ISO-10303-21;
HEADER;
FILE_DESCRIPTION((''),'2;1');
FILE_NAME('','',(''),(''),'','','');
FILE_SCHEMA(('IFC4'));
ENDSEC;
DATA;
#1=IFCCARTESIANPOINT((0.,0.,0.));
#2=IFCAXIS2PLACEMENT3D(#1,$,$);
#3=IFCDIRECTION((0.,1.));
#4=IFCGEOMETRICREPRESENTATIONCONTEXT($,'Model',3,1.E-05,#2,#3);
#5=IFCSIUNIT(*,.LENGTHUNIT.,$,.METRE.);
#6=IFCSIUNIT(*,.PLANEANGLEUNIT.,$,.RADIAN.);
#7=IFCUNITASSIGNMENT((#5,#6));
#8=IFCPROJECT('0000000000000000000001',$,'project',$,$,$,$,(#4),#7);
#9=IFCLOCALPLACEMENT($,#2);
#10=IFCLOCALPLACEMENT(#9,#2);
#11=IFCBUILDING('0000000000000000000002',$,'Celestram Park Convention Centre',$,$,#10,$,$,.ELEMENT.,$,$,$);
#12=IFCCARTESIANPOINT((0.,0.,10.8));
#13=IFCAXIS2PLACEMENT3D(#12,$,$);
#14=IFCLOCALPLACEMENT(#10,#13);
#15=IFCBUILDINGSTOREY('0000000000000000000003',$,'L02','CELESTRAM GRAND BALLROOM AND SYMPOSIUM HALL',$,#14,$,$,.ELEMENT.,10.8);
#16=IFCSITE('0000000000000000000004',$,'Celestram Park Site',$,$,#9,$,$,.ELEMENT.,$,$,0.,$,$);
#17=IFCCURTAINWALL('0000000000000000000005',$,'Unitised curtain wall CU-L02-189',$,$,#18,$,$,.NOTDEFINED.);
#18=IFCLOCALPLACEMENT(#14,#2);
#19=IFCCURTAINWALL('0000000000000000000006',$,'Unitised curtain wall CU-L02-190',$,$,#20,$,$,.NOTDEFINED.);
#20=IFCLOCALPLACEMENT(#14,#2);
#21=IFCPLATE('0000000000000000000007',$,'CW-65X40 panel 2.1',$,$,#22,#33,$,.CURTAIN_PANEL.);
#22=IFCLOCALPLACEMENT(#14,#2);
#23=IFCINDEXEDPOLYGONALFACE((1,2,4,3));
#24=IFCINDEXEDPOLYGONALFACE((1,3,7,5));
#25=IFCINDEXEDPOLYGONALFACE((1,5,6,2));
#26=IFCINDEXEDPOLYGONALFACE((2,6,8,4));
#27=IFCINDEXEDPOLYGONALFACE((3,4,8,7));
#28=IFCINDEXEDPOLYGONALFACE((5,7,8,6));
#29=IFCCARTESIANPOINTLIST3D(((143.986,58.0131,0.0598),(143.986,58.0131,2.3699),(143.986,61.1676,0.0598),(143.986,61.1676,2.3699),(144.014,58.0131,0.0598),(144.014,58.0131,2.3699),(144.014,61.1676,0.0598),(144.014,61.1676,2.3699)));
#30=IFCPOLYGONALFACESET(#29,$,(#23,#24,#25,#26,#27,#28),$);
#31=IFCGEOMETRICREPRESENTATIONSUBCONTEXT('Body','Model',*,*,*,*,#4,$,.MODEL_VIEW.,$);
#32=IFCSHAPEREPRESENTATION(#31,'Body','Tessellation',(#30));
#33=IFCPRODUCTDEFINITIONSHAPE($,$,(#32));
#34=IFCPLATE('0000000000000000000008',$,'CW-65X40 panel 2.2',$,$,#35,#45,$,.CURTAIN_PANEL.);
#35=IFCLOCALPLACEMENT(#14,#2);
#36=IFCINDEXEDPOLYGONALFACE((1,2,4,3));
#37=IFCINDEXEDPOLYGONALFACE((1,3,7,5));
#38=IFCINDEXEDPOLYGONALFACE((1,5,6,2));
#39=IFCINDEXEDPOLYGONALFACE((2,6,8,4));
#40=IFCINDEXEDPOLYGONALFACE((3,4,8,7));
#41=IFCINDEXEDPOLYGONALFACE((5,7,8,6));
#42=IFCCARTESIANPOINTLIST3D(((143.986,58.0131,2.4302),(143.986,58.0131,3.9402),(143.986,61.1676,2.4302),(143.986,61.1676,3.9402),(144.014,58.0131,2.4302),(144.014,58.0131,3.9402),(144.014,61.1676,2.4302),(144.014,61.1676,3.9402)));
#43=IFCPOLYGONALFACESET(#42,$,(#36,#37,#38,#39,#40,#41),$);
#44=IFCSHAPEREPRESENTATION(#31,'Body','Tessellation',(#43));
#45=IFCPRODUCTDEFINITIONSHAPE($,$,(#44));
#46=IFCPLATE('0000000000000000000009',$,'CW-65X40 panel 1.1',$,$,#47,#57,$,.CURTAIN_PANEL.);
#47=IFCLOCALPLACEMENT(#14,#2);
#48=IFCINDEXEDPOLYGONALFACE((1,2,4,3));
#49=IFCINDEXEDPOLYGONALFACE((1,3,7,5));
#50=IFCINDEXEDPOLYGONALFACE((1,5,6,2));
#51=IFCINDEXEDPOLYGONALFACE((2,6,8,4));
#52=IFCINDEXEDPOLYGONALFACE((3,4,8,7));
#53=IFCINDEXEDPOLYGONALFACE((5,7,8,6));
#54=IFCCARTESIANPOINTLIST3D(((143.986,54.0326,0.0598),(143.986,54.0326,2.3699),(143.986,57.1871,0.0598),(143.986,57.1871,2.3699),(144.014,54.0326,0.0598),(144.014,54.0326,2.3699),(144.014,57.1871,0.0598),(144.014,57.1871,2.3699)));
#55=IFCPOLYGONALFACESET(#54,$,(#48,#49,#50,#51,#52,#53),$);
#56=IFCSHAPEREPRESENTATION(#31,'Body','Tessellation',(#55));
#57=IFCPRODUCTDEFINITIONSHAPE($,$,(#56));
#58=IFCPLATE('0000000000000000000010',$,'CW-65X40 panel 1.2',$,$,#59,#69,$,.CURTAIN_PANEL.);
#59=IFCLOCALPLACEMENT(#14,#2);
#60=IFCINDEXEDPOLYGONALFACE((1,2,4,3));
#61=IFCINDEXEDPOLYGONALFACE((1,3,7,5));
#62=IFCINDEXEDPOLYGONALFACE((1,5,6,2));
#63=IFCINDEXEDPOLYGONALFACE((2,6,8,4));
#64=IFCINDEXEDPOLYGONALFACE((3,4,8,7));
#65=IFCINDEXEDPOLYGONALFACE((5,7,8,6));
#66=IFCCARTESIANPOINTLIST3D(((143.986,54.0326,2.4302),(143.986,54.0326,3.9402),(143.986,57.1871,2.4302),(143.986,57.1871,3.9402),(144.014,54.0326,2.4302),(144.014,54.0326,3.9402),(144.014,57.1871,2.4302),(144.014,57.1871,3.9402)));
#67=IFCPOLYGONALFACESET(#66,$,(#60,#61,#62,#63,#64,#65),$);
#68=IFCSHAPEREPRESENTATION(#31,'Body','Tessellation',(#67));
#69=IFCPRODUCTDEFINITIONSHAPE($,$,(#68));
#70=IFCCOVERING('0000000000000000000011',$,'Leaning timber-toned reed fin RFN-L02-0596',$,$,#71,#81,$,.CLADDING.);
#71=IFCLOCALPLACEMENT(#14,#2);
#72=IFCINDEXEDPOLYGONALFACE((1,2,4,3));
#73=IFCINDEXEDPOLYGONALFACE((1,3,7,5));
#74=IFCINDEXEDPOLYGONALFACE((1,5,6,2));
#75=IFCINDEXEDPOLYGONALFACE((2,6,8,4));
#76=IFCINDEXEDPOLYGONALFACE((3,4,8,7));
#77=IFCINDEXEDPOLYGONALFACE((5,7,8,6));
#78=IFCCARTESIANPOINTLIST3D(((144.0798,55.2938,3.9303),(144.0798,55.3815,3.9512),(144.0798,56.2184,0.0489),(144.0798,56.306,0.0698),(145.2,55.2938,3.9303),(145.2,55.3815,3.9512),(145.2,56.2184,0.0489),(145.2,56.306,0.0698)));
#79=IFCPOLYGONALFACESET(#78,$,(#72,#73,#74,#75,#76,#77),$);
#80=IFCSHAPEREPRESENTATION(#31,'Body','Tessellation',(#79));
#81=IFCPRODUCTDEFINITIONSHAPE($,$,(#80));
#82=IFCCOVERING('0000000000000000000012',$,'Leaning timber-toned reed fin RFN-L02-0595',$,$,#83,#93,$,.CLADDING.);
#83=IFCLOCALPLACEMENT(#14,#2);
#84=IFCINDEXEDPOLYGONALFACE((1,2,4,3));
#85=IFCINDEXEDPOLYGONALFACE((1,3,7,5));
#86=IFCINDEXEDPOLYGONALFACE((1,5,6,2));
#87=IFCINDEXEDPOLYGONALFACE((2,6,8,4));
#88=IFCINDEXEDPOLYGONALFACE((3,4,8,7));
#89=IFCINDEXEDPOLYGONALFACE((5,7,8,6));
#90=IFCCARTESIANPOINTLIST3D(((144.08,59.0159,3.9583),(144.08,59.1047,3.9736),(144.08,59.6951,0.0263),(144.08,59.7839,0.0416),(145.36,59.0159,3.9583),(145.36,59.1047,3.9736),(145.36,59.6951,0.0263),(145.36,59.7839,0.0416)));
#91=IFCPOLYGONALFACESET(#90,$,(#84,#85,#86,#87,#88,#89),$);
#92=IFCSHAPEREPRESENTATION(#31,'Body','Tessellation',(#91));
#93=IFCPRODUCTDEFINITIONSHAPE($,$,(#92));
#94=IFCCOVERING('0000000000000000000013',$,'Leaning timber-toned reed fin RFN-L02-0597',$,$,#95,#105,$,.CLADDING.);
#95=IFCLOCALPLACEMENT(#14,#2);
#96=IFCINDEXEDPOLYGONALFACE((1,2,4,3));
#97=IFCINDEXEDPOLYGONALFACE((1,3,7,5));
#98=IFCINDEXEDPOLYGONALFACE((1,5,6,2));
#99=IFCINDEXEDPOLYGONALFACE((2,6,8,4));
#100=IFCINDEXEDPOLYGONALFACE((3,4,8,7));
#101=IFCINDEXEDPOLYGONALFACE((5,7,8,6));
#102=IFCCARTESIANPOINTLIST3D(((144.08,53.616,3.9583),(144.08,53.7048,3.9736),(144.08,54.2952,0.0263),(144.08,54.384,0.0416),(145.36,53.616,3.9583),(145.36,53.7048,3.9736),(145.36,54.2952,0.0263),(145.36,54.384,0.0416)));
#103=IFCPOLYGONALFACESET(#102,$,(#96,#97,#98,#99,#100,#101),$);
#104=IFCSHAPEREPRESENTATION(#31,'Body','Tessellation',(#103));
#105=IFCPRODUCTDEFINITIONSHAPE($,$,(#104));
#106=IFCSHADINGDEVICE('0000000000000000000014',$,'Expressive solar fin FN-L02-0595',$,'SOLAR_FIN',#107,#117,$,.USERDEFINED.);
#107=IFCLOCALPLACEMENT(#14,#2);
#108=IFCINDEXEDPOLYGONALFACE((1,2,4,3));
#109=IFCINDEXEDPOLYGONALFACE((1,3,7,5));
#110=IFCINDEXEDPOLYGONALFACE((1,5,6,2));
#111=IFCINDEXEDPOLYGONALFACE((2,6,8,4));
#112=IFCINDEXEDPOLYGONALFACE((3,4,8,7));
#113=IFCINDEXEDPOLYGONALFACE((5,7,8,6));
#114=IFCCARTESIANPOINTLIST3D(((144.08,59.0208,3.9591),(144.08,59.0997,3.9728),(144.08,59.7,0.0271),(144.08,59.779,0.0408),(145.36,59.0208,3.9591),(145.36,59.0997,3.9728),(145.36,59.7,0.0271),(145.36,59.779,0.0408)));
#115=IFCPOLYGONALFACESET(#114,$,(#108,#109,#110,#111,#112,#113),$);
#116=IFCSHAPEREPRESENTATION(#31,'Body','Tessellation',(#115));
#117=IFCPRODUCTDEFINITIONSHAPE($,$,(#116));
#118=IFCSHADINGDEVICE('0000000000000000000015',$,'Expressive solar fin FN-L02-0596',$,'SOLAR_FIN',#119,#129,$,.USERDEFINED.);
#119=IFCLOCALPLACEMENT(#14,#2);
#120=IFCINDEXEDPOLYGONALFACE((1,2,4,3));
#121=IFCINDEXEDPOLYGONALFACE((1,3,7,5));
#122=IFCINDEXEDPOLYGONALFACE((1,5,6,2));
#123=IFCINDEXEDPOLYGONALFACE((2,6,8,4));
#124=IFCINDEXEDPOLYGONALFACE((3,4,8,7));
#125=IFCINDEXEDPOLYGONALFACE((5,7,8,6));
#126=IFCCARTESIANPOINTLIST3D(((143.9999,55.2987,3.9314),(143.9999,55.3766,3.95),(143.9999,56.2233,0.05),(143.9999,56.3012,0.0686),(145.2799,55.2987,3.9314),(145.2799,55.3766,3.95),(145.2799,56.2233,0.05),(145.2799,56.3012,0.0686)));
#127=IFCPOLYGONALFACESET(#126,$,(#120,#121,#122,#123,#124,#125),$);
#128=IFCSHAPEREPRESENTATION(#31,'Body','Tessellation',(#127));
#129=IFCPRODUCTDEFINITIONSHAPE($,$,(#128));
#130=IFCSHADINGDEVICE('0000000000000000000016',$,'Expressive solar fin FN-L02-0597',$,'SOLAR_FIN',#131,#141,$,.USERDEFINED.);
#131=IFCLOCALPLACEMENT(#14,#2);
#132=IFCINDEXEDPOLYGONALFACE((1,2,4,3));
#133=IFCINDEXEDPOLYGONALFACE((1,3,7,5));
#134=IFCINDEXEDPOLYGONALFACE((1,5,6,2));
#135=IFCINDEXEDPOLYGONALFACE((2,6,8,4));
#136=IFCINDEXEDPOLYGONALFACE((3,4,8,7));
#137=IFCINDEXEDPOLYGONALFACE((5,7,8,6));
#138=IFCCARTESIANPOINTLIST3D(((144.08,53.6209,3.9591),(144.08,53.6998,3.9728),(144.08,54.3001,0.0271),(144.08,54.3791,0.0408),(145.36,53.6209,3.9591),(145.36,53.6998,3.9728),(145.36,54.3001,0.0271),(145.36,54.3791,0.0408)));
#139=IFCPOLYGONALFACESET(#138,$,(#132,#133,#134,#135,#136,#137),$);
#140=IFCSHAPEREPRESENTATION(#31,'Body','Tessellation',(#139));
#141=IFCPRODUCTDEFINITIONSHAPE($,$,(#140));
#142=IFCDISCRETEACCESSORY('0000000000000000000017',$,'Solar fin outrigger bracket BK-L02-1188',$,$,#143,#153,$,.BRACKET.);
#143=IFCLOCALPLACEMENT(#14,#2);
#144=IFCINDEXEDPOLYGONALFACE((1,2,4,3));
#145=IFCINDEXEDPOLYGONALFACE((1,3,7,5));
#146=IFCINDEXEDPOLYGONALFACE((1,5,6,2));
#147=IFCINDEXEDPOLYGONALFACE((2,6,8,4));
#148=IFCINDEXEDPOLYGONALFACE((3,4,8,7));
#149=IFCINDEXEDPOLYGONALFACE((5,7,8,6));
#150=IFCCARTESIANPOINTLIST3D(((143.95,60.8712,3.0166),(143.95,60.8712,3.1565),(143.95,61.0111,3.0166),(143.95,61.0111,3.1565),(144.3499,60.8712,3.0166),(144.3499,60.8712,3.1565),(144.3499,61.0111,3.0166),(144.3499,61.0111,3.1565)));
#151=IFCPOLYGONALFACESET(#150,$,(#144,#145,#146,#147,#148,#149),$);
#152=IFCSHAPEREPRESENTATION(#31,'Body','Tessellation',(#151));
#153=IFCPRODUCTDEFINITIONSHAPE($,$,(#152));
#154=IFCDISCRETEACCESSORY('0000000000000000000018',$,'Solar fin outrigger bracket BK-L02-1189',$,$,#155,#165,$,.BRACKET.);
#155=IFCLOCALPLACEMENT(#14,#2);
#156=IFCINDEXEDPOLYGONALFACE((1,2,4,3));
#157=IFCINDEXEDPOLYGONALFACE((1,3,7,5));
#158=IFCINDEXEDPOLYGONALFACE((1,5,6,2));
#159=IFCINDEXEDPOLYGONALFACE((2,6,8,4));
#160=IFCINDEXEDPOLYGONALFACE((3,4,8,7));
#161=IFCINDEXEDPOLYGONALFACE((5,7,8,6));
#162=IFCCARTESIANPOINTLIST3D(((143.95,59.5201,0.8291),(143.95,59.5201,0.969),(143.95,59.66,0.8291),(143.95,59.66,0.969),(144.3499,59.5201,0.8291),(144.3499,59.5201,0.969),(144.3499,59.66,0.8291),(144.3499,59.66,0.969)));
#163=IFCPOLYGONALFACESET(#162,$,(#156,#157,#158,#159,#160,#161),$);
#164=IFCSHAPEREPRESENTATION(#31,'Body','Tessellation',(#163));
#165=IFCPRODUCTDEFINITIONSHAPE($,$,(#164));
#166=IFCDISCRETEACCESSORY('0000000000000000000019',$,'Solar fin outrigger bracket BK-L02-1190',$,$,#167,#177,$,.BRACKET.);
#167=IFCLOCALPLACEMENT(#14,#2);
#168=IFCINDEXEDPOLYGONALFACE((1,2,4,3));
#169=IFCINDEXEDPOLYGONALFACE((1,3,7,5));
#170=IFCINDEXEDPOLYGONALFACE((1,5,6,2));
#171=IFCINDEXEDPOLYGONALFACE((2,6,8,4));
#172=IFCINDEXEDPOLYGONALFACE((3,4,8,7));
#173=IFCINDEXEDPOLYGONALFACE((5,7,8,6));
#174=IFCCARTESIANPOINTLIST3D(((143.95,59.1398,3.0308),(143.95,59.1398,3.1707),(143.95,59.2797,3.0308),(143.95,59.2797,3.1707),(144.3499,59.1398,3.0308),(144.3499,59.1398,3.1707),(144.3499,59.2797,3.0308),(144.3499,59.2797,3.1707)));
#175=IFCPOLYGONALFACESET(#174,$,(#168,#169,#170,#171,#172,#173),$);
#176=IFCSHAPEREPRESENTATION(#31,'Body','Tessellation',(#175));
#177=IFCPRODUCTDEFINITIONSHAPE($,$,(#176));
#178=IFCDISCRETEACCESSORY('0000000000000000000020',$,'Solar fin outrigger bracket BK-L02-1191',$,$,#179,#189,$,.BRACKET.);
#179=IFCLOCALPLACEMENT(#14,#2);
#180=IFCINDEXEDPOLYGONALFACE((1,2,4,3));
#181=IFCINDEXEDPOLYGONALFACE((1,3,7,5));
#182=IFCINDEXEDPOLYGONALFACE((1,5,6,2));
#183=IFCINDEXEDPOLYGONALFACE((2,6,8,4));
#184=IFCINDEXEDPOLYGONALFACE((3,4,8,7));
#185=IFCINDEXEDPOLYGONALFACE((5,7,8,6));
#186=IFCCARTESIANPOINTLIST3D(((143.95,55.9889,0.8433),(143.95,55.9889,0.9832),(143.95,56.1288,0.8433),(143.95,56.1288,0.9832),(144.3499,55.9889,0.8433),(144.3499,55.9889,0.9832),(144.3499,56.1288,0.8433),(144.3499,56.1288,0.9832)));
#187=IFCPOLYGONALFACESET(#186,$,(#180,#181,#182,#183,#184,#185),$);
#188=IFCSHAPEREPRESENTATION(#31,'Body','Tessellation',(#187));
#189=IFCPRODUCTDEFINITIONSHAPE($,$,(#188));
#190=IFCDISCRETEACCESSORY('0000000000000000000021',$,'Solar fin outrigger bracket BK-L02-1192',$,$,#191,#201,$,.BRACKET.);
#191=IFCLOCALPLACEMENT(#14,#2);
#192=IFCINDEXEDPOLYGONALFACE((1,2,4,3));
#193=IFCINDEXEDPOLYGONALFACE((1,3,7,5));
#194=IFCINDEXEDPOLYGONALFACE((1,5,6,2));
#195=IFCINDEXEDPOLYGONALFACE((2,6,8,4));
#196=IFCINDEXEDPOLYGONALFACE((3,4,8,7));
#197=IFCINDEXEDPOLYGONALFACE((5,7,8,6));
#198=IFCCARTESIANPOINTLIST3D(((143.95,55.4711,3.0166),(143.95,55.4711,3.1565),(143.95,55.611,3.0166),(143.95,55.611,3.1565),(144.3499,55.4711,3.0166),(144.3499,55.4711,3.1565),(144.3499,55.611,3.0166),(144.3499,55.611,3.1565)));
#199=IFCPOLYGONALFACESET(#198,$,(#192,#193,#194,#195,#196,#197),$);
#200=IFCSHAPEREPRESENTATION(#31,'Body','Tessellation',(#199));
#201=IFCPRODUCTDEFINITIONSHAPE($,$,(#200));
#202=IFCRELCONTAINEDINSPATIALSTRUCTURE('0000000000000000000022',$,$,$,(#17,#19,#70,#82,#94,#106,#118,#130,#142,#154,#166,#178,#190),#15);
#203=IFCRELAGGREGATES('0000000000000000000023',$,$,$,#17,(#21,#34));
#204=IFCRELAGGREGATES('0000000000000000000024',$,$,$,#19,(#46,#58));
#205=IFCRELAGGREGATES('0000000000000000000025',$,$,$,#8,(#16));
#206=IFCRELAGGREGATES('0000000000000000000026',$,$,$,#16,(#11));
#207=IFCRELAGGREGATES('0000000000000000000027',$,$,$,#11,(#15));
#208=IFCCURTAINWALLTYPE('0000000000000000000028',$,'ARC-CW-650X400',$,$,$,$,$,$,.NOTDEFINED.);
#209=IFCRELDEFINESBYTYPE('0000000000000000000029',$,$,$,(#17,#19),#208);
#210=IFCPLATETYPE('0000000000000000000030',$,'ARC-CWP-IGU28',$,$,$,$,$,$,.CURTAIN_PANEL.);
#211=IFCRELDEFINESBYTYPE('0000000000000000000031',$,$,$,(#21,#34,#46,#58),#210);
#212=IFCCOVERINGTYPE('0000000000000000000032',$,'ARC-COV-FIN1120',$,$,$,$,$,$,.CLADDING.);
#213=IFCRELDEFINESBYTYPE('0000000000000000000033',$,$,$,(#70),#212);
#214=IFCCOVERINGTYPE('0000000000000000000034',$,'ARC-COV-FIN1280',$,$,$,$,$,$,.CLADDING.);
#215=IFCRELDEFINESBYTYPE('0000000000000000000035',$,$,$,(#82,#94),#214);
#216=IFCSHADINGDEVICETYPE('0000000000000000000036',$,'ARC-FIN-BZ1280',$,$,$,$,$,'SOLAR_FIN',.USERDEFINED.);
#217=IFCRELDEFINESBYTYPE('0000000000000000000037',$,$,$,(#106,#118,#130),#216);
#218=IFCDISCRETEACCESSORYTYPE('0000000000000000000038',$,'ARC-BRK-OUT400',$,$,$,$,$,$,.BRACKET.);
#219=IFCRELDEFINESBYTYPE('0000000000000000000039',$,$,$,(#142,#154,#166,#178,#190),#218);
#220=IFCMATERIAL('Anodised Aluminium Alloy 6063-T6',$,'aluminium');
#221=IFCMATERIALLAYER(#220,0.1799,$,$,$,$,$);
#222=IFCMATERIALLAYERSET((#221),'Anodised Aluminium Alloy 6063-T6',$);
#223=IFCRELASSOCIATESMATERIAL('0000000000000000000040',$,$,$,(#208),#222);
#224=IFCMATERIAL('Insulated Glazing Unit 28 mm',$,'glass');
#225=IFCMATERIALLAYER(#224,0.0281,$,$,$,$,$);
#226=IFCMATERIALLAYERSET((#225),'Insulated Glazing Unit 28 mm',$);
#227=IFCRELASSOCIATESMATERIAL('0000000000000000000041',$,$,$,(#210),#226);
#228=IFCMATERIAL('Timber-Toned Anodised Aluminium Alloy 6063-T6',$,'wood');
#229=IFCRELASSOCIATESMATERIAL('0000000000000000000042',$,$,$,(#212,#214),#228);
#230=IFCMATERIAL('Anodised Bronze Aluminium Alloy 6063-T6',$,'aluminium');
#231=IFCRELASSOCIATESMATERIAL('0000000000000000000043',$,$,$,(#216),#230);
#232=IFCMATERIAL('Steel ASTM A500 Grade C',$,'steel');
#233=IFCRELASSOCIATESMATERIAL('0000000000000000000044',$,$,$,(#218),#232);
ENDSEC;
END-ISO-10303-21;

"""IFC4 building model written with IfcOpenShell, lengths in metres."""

from ifc_helpers import new_model, si_unit, direction, frame, origin, origin_2d, place, context, subcontext, project, spatial, rectangle, extrude, material, layer, layer_set, material_profile, profile_set, type_object, element, aggregate, save


model = new_model("IFC4")

# Units and contexts
model_context = context("Model", 3, precision=1e-05, world=origin(), true_north=direction((0.0, 1.0)))
body_context = subcontext(model_context, "Body", "Model", "MODEL_VIEW")
ifc_project = project(units=[si_unit("LENGTHUNIT", "METRE"), si_unit("PLANEANGLEUNIT", "RADIAN")], contexts=[model_context])

# Site, building, storey
site_placement = place(None, origin())
site = spatial("IfcSite", under=ifc_project, at=site_placement, Name="Celestram Park Site", CompositionType="ELEMENT", RefElevation=0.0)
building_placement = place(site_placement, origin())
building = spatial("IfcBuilding", under=site, at=building_placement, Name="Celestram Park Convention Centre", CompositionType="ELEMENT")
storey_placement = place(building_placement, frame((0.0, 0.0, 10.8)))
storey = spatial("IfcBuildingStorey", under=building, at=storey_placement, Name="L02", Description="CELESTRAM GRAND BALLROOM AND SYMPOSIUM HALL", CompositionType="ELEMENT", Elevation=10.8)

# Curtain wall
ifc_material_1 = material(Name="Anodised Aluminium Alloy 6063-T6", Category="aluminium")
ifc_layer_1 = layer(ifc_material_1, 0.1799)
ifc_layer_set_1 = layer_set([ifc_layer_1], Name="Anodised Aluminium Alloy 6063-T6")
curtain_wall_type = type_object("IfcCurtainWallType", Name="ARC-CW-650X400", PredefinedType="NOTDEFINED", material=ifc_layer_set_1)
curtain_wall_1_placement = place(storey_placement, origin())
curtain_wall_1 = element("IfcCurtainWall", 1, at=curtain_wall_1_placement, inside=storey, type_object=curtain_wall_type, Name="Unitised curtain wall CU-L02-189", PredefinedType="NOTDEFINED")

# Curtain wall
curtain_wall_2_placement = place(storey_placement, origin())
curtain_wall_2 = element("IfcCurtainWall", 2, at=curtain_wall_2_placement, inside=storey, type_object=curtain_wall_type, Name="Unitised curtain wall CU-L02-190", PredefinedType="NOTDEFINED")

# Shared definitions
ifc_material_2 = material(Name="Steel ASTM A500 Grade C", Category="steel")

# Plates
ifc_material_3 = material(Name="Insulated Glazing Unit 28 mm", Category="glass")
ifc_layer_2 = layer(ifc_material_3, 0.0281)
ifc_layer_set_2 = layer_set([ifc_layer_2], Name="Insulated Glazing Unit 28 mm")
plate_type = type_object("IfcPlateType", Name="ARC-CWP-IGU28", PredefinedType="CURTAIN_PANEL", material=ifc_layer_set_2)
plate_1_placement = place(storey_placement, frame((144.0, 59.5903, 0.0598), z_axis=(0.0, 0.0, 1.0), x_axis=(0.0, -1.0, 0.0)))
plate_1 = element("IfcPlate", 3, at=plate_1_placement, type_object=plate_type, Name="CW-65X40 panel 2.1", PredefinedType="CURTAIN_PANEL", context=body_context, shape_type="SweptSolid", body=[
    extrude(rectangle(XDim=3.1545, YDim=0.0281, at=origin_2d()), origin(), (0.0, 0.0, 1.0), 2.3101),
])
plate_2_placement = place(storey_placement, frame((144.0, 59.5903, 2.4302), z_axis=(0.0, 0.0, 1.0), x_axis=(0.0, -1.0, 0.0)))
plate_2 = element("IfcPlate", 4, at=plate_2_placement, type_object=plate_type, Name="CW-65X40 panel 2.2", PredefinedType="CURTAIN_PANEL", context=body_context, shape_type="SweptSolid", body=[
    extrude(rectangle(XDim=3.1545, YDim=0.0281, at=origin_2d()), origin(), (0.0, 0.0, 1.0), 1.51),
])
aggregate(curtain_wall_1, [plate_1, plate_2])
plate_3_placement = place(storey_placement, frame((144.0, 55.6099, 0.0598), z_axis=(0.0, 0.0, 1.0), x_axis=(0.0, -1.0, 0.0)))
plate_3 = element("IfcPlate", 5, at=plate_3_placement, type_object=plate_type, Name="CW-65X40 panel 1.1", PredefinedType="CURTAIN_PANEL", context=body_context, shape_type="SweptSolid", body=[
    extrude(rectangle(XDim=3.1545, YDim=0.0281, at=origin_2d()), origin(), (0.0, 0.0, 1.0), 2.3101),
])
plate_4_placement = place(storey_placement, frame((144.0, 55.6099, 2.4302), z_axis=(0.0, 0.0, 1.0), x_axis=(0.0, -1.0, 0.0)))
plate_4 = element("IfcPlate", 6, at=plate_4_placement, type_object=plate_type, Name="CW-65X40 panel 1.2", PredefinedType="CURTAIN_PANEL", context=body_context, shape_type="SweptSolid", body=[
    extrude(rectangle(XDim=3.1545, YDim=0.0281, at=origin_2d()), origin(), (0.0, 0.0, 1.0), 1.51),
])
aggregate(curtain_wall_2, [plate_3, plate_4])

# Coverings
ifc_material_4 = material(Name="Timber-Toned Anodised Aluminium Alloy 6063-T6", Category="wood")
ifc_material_profile_1 = material_profile(ifc_material_4, rectangle(XDim=1.1201, YDim=0.0901, at=origin_2d()), Name="REED1120X90")
ifc_profile_set_1 = profile_set([ifc_material_profile_1], Name="Timber-Toned Anodised Aluminium Alloy 6063-T6")
covering_type_1 = type_object("IfcCoveringType", Name="ARC-COV-FIN1120", PredefinedType="CLADDING", material=ifc_profile_set_1)
covering_placement = place(storey_placement, frame((144.6399, 56.2622, 0.0593), z_axis=(0.0, -0.231723, 0.972782), x_axis=(1.0, 0.0, 0.0)))
element("IfcCovering", 7, at=covering_placement, inside=storey, type_object=covering_type_1, Name="Leaning timber-toned reed fin RFN-L02-0596", PredefinedType="CLADDING", context=body_context, shape_type="SweptSolid", body=[
    extrude(rectangle(XDim=1.1201, YDim=0.0901, at=origin_2d()), origin(), (0.0, 0.0, 1.0), 3.99),
])
ifc_material_profile_2 = material_profile(ifc_material_4, rectangle(XDim=1.28, YDim=0.0901, at=origin_2d()), Name="REED1280X90")
ifc_profile_set_2 = profile_set([ifc_material_profile_2], Name="Timber-Toned Anodised Aluminium Alloy 6063-T6")
covering_type_2 = type_object("IfcCoveringType", Name="ARC-COV-FIN1280", PredefinedType="CLADDING", material=ifc_profile_set_2)
for number, where, z_axis, x_axis, name in (
    (8, (144.72, 59.7395, 0.0339), (0.0, -0.17022, 0.985406), (1.0, 0.0, 0.0), "Leaning timber-toned reed fin RFN-L02-0595"),
    (9, (144.72, 54.3396, 0.0339), (0.0, -0.17022, 0.985406), (1.0, 0.0, 0.0), "Leaning timber-toned reed fin RFN-L02-0597"),
):
    element("IfcCovering", number, at=place(storey_placement, frame(where, z_axis=z_axis, x_axis=x_axis)), inside=storey, type_object=covering_type_2, Name=name, PredefinedType="CLADDING", context=body_context, shape_type="SweptSolid", body=[
        extrude(rectangle(XDim=1.28, YDim=0.0901, at=origin_2d()), origin(), (0.0, 0.0, 1.0), 3.9902),
    ])

# Shading devices
ifc_material_5 = material(Name="Anodised Bronze Aluminium Alloy 6063-T6", Category="aluminium")
ifc_material_profile_3 = material_profile(ifc_material_5, rectangle(XDim=1.28, YDim=0.0801, at=origin_2d()), Name="FIN1280X80")
ifc_profile_set_3 = profile_set([ifc_material_profile_3], Name="Anodised Bronze Aluminium Alloy 6063-T6")
shading_device_type = type_object("IfcShadingDeviceType", Name="ARC-FIN-BZ1280", ElementType="SOLAR_FIN", PredefinedType="USERDEFINED", material=ifc_profile_set_3)
shading_device_1_placement = place(storey_placement, frame((144.72, 59.7395, 0.0339), z_axis=(0.0, -0.17022, 0.985406), x_axis=(1.0, 0.0, 0.0)))
element("IfcShadingDevice", 10, at=shading_device_1_placement, inside=storey, type_object=shading_device_type, Name="Expressive solar fin FN-L02-0595", ObjectType="SOLAR_FIN", PredefinedType="USERDEFINED", context=body_context, shape_type="SweptSolid", body=[
    extrude(rectangle(XDim=1.28, YDim=0.0801, at=origin_2d()), origin(), (0.0, 0.0, 1.0), 3.9902),
])
shading_device_2_placement = place(storey_placement, frame((144.6399, 56.2622, 0.0593), z_axis=(0.0, -0.231723, 0.972782), x_axis=(1.0, 0.0, 0.0)))
element("IfcShadingDevice", 11, at=shading_device_2_placement, inside=storey, type_object=shading_device_type, Name="Expressive solar fin FN-L02-0596", ObjectType="SOLAR_FIN", PredefinedType="USERDEFINED", context=body_context, shape_type="SweptSolid", body=[
    extrude(rectangle(XDim=1.28, YDim=0.0801, at=origin_2d()), origin(), (0.0, 0.0, 1.0), 3.99),
])
shading_device_3_placement = place(storey_placement, frame((144.72, 54.3396, 0.0339), z_axis=(0.0, -0.17022, 0.985406), x_axis=(1.0, 0.0, 0.0)))
element("IfcShadingDevice", 12, at=shading_device_3_placement, inside=storey, type_object=shading_device_type, Name="Expressive solar fin FN-L02-0597", ObjectType="SOLAR_FIN", PredefinedType="USERDEFINED", context=body_context, shape_type="SweptSolid", body=[
    extrude(rectangle(XDim=1.28, YDim=0.0801, at=origin_2d()), origin(), (0.0, 0.0, 1.0), 3.9902),
])

# Discrete accessories
discrete_accessory_type = type_object("IfcDiscreteAccessoryType", Name="ARC-BRK-OUT400", PredefinedType="BRACKET", material=ifc_material_2)
for number, where, z_axis, x_axis, name in (
    (13, (144.1499, 60.9412, 3.0166), (0.0, 0.0, 1.0), (1.0, 0.0, 0.0), "Solar fin outrigger bracket BK-L02-1188"),
    (14, (144.1499, 59.5901, 0.8291), (0.0, 0.0, 1.0), (1.0, 0.0, 0.0), "Solar fin outrigger bracket BK-L02-1189"),
    (15, (144.1499, 59.2097, 3.0308), (0.0, 0.0, 1.0), (1.0, 0.0, 0.0), "Solar fin outrigger bracket BK-L02-1190"),
    (16, (144.1499, 56.0588, 0.8433), (0.0, 0.0, 1.0), (1.0, 0.0, 0.0), "Solar fin outrigger bracket BK-L02-1191"),
    (17, (144.1499, 55.541, 3.0166), (0.0, 0.0, 1.0), (1.0, 0.0, 0.0), "Solar fin outrigger bracket BK-L02-1192"),
):
    element("IfcDiscreteAccessory", number, at=place(storey_placement, frame(where, z_axis=z_axis, x_axis=x_axis)), inside=storey, type_object=discrete_accessory_type, Name=name, PredefinedType="BRACKET", context=body_context, shape_type="SweptSolid", body=[
        extrude(rectangle(XDim=0.3999, YDim=0.1399, at=origin_2d()), origin(), (0.0, 0.0, 1.0), 0.1399),
    ])

save(model, "model.ifc")
